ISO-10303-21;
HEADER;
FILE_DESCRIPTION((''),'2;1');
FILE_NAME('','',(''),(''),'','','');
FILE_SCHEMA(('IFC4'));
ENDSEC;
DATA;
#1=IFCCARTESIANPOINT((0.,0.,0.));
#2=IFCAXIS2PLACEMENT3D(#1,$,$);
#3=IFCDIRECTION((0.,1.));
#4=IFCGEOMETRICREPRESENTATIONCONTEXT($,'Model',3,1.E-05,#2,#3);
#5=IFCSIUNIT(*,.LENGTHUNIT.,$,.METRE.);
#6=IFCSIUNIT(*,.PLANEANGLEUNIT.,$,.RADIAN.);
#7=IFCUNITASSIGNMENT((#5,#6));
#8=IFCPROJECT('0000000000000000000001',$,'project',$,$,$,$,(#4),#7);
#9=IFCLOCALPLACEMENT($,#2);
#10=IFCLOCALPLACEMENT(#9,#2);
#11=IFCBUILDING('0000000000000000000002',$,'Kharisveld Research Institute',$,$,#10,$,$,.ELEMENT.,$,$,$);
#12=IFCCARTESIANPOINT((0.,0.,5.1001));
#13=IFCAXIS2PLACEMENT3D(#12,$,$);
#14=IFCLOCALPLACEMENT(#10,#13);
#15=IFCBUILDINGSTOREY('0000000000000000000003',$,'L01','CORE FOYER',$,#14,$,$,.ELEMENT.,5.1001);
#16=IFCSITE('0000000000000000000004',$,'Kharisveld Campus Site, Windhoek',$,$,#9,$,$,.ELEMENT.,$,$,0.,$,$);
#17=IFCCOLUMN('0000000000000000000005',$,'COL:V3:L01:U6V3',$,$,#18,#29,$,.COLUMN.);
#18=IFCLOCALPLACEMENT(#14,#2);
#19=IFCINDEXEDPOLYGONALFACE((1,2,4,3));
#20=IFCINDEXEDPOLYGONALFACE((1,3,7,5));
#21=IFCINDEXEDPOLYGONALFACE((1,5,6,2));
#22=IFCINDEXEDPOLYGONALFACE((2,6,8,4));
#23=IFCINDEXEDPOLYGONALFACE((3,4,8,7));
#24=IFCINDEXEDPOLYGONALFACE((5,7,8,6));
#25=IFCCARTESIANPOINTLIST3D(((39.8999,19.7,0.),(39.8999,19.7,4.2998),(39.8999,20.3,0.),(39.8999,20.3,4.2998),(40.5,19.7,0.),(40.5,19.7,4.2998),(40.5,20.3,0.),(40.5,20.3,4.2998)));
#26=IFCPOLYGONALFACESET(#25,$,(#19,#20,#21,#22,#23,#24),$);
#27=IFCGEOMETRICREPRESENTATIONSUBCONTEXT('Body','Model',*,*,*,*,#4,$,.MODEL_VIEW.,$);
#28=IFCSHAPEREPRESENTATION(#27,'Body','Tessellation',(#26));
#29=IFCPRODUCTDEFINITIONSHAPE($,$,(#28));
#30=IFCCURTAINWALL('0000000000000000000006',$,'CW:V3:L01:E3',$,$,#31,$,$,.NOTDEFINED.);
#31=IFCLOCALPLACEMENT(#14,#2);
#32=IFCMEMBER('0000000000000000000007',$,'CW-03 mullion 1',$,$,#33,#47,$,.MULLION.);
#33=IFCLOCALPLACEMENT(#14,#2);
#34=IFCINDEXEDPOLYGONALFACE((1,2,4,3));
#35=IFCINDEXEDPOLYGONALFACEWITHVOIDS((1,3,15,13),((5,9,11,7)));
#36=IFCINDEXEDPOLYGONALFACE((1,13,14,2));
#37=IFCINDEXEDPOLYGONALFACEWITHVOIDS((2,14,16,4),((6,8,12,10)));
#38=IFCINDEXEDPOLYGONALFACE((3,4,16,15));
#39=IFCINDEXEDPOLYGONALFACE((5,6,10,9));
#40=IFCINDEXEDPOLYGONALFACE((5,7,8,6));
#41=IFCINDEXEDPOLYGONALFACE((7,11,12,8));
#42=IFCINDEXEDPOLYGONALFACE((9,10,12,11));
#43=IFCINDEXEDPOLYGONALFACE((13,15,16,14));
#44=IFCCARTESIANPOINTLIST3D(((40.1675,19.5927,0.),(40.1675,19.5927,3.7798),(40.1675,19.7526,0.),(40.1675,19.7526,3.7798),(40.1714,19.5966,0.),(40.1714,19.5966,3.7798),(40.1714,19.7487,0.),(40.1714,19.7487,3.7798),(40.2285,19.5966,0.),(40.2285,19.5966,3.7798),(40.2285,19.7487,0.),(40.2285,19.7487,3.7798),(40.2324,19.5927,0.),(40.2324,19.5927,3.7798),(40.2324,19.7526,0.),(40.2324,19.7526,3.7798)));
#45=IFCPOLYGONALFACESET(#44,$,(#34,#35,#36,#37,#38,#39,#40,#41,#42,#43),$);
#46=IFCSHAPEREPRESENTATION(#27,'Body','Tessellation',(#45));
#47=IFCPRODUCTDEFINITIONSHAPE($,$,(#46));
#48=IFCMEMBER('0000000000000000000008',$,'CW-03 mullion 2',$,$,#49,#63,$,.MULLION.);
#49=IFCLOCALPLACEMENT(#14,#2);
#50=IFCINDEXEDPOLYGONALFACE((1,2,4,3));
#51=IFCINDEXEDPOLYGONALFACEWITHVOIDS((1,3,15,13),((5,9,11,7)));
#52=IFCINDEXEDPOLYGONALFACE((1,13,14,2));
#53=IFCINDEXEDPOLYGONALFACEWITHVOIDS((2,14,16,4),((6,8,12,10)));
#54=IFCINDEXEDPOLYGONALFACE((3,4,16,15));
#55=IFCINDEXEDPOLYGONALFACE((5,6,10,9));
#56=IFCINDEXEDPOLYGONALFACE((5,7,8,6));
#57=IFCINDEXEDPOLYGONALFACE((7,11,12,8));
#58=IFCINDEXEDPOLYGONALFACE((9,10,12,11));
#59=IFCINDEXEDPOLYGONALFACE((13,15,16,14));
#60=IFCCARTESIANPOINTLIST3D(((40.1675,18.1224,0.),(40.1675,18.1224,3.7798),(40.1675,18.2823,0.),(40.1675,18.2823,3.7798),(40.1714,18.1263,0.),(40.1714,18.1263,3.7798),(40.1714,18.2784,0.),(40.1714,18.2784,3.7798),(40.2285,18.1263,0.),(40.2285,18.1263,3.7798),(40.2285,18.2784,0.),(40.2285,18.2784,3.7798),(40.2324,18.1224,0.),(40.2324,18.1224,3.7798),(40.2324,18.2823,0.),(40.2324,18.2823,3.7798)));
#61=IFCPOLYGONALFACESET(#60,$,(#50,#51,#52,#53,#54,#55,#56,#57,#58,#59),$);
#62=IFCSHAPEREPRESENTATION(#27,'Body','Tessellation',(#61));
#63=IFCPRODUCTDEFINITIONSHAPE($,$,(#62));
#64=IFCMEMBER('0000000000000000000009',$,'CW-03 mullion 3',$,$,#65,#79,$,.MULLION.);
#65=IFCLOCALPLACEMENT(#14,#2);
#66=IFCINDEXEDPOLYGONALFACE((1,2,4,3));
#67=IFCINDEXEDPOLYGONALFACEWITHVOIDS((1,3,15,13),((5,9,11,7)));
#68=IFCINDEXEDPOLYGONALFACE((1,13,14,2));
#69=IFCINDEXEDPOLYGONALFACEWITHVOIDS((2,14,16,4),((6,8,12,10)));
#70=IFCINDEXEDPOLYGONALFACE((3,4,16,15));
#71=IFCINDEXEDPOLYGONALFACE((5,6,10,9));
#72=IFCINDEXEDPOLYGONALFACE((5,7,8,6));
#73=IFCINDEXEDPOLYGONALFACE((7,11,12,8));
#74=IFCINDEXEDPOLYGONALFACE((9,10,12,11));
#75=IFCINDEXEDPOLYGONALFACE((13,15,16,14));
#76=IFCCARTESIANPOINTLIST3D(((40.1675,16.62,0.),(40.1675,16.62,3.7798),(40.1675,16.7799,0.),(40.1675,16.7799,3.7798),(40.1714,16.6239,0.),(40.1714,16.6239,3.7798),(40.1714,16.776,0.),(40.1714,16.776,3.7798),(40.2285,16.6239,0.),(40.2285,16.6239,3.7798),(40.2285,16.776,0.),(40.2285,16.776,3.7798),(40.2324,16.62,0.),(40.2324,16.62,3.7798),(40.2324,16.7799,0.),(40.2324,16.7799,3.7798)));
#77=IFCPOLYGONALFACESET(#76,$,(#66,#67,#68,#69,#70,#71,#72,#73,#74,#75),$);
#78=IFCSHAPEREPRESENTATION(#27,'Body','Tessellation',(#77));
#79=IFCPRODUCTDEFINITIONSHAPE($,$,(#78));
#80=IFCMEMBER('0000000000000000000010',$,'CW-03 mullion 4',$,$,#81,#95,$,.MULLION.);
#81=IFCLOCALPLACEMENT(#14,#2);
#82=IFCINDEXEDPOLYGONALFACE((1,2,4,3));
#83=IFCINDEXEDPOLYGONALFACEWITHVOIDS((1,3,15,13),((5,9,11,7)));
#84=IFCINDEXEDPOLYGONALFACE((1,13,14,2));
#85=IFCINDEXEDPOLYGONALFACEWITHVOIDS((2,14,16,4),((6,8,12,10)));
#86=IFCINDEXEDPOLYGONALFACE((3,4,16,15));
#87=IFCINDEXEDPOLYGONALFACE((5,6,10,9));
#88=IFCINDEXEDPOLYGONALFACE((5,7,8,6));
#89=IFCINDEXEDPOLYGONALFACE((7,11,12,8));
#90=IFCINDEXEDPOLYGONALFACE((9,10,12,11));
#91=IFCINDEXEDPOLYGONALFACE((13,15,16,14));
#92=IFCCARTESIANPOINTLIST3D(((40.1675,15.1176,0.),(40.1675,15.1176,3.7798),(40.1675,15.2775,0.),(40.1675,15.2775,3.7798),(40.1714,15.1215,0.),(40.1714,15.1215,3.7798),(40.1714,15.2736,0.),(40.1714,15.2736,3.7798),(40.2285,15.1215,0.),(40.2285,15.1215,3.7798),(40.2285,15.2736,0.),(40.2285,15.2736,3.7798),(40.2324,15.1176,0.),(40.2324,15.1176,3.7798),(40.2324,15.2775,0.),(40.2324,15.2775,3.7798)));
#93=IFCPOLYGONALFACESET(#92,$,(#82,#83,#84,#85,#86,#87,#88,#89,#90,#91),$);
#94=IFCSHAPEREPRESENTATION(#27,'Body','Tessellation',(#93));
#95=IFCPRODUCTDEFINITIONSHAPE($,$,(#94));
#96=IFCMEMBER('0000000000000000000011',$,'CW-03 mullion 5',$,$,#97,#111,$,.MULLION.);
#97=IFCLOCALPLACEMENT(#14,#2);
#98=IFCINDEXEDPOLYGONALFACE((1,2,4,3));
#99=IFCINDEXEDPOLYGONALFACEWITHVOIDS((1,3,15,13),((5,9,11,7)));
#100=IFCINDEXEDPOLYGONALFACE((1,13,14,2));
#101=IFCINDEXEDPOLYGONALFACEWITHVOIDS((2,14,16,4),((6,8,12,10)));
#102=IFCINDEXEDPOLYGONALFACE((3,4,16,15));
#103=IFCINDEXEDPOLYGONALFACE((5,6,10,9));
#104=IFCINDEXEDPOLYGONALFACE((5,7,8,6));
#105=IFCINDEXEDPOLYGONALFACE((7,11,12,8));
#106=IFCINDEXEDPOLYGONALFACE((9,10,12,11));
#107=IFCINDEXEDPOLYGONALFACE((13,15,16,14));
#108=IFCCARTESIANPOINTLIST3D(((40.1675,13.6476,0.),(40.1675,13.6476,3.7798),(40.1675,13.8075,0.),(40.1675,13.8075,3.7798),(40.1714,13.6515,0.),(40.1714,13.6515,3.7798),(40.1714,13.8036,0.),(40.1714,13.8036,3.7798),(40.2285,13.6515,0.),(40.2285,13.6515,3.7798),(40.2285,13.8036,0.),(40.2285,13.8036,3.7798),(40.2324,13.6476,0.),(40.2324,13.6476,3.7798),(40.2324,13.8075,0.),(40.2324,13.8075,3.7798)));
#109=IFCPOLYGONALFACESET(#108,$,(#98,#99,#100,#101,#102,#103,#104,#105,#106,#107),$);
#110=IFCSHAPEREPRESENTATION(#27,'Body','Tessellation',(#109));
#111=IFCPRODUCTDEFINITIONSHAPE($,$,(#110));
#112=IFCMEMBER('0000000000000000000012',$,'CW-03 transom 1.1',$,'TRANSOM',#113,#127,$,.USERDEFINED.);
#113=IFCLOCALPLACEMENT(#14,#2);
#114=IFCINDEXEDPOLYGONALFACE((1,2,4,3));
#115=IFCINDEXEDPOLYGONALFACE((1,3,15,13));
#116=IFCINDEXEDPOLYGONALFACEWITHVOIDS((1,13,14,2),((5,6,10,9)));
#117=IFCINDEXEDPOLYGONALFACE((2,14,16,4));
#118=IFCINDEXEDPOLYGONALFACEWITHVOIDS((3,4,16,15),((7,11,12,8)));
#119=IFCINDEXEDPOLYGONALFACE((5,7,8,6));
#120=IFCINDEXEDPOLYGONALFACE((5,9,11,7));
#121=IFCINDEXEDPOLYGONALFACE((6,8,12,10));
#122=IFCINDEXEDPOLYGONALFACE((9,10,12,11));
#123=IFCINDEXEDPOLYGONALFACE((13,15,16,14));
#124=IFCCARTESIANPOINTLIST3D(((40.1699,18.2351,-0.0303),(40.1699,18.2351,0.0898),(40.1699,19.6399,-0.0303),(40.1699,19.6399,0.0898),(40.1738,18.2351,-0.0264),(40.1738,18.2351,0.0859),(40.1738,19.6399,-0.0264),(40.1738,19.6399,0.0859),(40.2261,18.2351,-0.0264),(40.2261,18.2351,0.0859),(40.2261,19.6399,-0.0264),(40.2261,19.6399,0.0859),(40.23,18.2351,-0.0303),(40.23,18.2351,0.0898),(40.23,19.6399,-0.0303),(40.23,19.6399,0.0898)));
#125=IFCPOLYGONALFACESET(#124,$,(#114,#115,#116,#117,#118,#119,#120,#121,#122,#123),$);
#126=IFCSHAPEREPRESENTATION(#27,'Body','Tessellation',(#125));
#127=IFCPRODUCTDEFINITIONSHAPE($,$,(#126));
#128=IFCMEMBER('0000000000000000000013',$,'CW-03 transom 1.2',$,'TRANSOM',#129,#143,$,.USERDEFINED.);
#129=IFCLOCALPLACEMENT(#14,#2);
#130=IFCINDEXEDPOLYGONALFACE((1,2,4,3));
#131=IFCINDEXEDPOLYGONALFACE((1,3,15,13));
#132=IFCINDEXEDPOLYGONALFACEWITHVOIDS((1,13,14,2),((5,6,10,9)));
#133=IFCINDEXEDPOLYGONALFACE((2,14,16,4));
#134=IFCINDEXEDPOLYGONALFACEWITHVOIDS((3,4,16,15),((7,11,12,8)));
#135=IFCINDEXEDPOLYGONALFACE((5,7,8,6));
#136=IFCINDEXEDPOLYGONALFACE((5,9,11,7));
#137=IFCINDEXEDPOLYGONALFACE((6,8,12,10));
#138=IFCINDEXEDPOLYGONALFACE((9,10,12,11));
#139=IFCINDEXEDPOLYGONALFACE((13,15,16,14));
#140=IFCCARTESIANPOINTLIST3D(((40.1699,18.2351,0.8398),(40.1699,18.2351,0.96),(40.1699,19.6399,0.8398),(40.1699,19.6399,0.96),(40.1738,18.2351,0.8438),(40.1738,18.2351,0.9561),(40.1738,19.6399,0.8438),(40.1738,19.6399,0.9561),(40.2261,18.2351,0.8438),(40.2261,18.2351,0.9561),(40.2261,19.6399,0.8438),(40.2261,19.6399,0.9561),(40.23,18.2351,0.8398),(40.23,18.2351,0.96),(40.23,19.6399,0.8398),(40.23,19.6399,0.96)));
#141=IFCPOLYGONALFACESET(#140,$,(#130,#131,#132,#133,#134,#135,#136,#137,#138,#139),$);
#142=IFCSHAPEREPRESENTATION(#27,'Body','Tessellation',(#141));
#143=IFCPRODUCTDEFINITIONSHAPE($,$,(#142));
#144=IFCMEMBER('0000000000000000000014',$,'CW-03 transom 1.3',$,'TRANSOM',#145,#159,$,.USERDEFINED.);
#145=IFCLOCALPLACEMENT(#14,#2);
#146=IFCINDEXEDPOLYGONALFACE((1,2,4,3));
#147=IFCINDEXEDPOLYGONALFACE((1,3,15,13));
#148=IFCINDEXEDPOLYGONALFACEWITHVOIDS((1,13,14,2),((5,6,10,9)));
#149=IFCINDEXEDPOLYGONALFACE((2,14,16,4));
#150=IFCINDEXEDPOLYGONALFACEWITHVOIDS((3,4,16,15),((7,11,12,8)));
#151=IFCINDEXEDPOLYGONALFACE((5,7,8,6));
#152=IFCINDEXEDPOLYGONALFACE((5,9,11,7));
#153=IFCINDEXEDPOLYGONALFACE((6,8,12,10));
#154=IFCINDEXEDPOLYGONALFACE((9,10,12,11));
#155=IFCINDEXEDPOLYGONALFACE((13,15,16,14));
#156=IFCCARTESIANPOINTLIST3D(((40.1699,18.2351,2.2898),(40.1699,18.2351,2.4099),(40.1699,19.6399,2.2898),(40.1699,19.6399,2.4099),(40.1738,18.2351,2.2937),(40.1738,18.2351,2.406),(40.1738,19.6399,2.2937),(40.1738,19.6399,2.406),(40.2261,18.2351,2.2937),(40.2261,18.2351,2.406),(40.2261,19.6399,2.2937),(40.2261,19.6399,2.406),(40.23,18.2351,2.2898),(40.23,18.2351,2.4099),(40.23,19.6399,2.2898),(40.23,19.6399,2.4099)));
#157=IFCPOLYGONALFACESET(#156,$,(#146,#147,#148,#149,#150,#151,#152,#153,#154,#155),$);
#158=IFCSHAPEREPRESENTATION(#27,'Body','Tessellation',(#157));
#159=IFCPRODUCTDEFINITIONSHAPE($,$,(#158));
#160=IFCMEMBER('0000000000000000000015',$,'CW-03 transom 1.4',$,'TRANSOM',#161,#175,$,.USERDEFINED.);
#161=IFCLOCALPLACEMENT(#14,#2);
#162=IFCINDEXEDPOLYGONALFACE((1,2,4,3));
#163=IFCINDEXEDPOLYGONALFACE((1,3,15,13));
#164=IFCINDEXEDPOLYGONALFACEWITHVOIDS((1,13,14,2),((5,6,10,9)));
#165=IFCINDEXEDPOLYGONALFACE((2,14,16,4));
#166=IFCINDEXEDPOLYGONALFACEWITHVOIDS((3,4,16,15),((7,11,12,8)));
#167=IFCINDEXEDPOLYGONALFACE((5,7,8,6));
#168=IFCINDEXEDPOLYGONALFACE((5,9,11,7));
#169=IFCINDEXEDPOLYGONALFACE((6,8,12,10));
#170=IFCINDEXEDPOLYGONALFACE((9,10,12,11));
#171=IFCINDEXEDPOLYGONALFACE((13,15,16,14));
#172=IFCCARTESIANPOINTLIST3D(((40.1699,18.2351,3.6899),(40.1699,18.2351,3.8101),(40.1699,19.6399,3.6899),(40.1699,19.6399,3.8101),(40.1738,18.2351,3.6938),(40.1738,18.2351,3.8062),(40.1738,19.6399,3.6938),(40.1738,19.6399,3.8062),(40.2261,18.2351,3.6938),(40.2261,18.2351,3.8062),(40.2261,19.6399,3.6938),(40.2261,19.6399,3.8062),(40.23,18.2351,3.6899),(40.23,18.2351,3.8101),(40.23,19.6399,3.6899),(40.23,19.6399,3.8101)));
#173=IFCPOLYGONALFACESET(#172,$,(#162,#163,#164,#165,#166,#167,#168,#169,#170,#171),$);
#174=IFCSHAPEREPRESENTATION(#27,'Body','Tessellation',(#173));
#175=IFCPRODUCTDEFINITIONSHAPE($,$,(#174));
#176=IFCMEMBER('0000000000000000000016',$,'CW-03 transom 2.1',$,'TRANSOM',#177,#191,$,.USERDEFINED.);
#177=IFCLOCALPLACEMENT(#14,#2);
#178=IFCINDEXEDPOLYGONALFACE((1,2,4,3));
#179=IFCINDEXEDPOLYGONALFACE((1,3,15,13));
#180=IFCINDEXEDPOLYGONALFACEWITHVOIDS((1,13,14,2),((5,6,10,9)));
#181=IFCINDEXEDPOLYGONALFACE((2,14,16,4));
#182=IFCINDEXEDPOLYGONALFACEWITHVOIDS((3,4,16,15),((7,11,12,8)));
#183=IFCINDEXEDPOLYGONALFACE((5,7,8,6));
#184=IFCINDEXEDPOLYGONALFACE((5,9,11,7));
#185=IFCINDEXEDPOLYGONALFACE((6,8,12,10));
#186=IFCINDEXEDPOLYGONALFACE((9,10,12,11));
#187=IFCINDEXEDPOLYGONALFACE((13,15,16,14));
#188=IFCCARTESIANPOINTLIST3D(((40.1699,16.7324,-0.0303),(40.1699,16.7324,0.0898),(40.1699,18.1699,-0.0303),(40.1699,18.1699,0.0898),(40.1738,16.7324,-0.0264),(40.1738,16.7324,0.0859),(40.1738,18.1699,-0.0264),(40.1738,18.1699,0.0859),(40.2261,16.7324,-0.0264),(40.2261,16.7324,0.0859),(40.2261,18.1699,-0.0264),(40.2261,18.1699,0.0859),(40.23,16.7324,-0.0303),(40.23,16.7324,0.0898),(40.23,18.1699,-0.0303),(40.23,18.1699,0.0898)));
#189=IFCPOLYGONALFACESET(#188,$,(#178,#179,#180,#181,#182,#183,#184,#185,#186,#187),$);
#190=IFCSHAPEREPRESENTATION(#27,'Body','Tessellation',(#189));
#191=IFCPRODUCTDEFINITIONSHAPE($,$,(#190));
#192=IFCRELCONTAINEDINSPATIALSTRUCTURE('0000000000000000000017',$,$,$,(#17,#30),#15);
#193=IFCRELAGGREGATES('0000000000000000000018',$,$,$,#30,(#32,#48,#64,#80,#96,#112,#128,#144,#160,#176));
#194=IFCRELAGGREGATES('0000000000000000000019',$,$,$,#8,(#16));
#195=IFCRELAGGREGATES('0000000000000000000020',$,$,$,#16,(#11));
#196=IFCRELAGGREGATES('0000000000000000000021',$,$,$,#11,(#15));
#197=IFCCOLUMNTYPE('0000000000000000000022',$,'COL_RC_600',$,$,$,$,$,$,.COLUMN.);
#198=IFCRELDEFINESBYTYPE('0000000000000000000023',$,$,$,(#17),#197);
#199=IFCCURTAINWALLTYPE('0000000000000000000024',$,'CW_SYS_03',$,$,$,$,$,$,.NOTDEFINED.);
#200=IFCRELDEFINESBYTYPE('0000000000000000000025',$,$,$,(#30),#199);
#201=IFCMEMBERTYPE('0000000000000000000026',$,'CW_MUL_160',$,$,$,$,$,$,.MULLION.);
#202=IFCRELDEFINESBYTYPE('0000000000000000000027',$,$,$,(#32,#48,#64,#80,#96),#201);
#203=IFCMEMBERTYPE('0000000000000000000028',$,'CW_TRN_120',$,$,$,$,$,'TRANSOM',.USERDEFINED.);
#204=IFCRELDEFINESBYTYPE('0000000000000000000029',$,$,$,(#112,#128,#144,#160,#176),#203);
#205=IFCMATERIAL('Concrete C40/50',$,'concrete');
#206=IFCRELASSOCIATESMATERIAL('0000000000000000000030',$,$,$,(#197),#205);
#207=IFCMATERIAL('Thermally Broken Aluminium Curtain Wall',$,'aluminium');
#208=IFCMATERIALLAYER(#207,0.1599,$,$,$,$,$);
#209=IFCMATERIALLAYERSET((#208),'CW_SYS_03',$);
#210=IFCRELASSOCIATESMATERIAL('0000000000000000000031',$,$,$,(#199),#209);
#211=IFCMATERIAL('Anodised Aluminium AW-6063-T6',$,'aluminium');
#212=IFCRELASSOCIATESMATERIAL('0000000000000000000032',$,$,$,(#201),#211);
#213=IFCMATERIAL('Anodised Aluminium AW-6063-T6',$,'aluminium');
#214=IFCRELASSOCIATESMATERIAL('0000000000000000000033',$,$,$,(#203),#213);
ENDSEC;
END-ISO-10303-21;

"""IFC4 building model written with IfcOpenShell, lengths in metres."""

from ifc_helpers import new_model, si_unit, direction, frame, origin, origin_2d, place, context, subcontext, project, spatial, rectangle, hollow_rectangle, extrude, material, layer, layer_set, material_profile, profile_set, type_object, element, aggregate, save


model = new_model("IFC4")

# Units and contexts
model_context = context("Model", 3, precision=1e-05, world=origin(), true_north=direction((0.0, 1.0)))
body_context = subcontext(model_context, "Body", "Model", "MODEL_VIEW")
ifc_project = project(units=[si_unit("LENGTHUNIT", "METRE"), si_unit("PLANEANGLEUNIT", "RADIAN")], contexts=[model_context])

# Site, building, storey
site_placement = place(None, origin())
site = spatial("IfcSite", under=ifc_project, at=site_placement, Name="Kharisveld Campus Site, Windhoek", CompositionType="ELEMENT", RefElevation=0.0)
building_placement = place(site_placement, origin())
building = spatial("IfcBuilding", under=site, at=building_placement, Name="Kharisveld Research Institute", CompositionType="ELEMENT")
storey_placement = place(building_placement, frame((0.0, 0.0, 5.1001)))
storey = spatial("IfcBuildingStorey", under=building, at=storey_placement, Name="L01", Description="CORE FOYER", CompositionType="ELEMENT", Elevation=5.1001)

# Column
ifc_material_1 = material(Name="Concrete C40/50", Category="concrete")
ifc_material_profile_1 = material_profile(ifc_material_1, rectangle(XDim=0.6001, YDim=0.6001, at=origin_2d()))
ifc_profile_set_1 = profile_set([ifc_material_profile_1], Name="Concrete C40/50")
column_type = type_object("IfcColumnType", Name="COL_RC_600", PredefinedType="COLUMN", material=ifc_profile_set_1)
column_placement = place(storey_placement, frame((40.2, 20.0, 0.0), z_axis=(0.0, 0.0, 1.0), x_axis=(1.0, 0.0, 0.0)))
element("IfcColumn", 1, at=column_placement, inside=storey, type_object=column_type, Name="COL:V3:L01:U6V3", PredefinedType="COLUMN", context=body_context, shape_type="SweptSolid", body=[
    extrude(rectangle(XDim=0.6001, YDim=0.6001, at=origin_2d()), origin(), (0.0, 0.0, 1.0), 4.2998),
])

# Curtain wall, members
ifc_material_2 = material(Name="Thermally Broken Aluminium Curtain Wall", Category="aluminium")
ifc_layer_1 = layer(ifc_material_2, 0.1599)
ifc_layer_set_1 = layer_set([ifc_layer_1], Name="CW_SYS_03")
curtain_wall_type = type_object("IfcCurtainWallType", Name="CW_SYS_03", PredefinedType="NOTDEFINED", material=ifc_layer_set_1)
curtain_wall_placement = place(storey_placement, origin())
curtain_wall = element("IfcCurtainWall", 2, at=curtain_wall_placement, inside=storey, type_object=curtain_wall_type, Name="CW:V3:L01:E3", PredefinedType="NOTDEFINED")
ifc_material_3 = material(Name="Anodised Aluminium AW-6063-T6", Category="aluminium")
ifc_material_profile_2 = material_profile(ifc_material_3, hollow_rectangle(XDim=0.0649, YDim=0.1599, WallThickness=0.0039, at=origin_2d()))
ifc_profile_set_2 = profile_set([ifc_material_profile_2], Name="Anodised Aluminium AW-6063-T6")
member_type_1 = type_object("IfcMemberType", Name="CW_MUL_160", PredefinedType="MULLION", material=ifc_profile_set_2)
member_1_placement = place(storey_placement, frame((40.2, 19.6726, 0.0), z_axis=(0.0, 0.0, 1.0), x_axis=(1.0, 0.0, 0.0)))
member_1 = element("IfcMember", 3, at=member_1_placement, type_object=member_type_1, Name="CW-03 mullion 1", PredefinedType="MULLION", context=body_context, shape_type="SweptSolid", body=[
    extrude(hollow_rectangle(XDim=0.0649, YDim=0.1599, WallThickness=0.0039, at=origin_2d()), origin(), (0.0, 0.0, 1.0), 3.7798),
])
member_2_placement = place(storey_placement, frame((40.2, 18.2024, 0.0), z_axis=(0.0, 0.0, 1.0), x_axis=(1.0, 0.0, 0.0)))
member_2 = element("IfcMember", 4, at=member_2_placement, type_object=member_type_1, Name="CW-03 mullion 2", PredefinedType="MULLION", context=body_context, shape_type="SweptSolid", body=[
    extrude(hollow_rectangle(XDim=0.0649, YDim=0.1599, WallThickness=0.0039, at=origin_2d()), origin(), (0.0, 0.0, 1.0), 3.7798),
])
member_3_placement = place(storey_placement, frame((40.2, 16.7, 0.0), z_axis=(0.0, 0.0, 1.0), x_axis=(1.0, 0.0, 0.0)))
member_3 = element("IfcMember", 5, at=member_3_placement, type_object=member_type_1, Name="CW-03 mullion 3", PredefinedType="MULLION", context=body_context, shape_type="SweptSolid", body=[
    extrude(hollow_rectangle(XDim=0.0649, YDim=0.1599, WallThickness=0.0039, at=origin_2d()), origin(), (0.0, 0.0, 1.0), 3.7798),
])
member_4_placement = place(storey_placement, frame((40.2, 15.1975, 0.0), z_axis=(0.0, 0.0, 1.0), x_axis=(1.0, 0.0, 0.0)))
member_4 = element("IfcMember", 6, at=member_4_placement, type_object=member_type_1, Name="CW-03 mullion 4", PredefinedType="MULLION", context=body_context, shape_type="SweptSolid", body=[
    extrude(hollow_rectangle(XDim=0.0649, YDim=0.1599, WallThickness=0.0039, at=origin_2d()), origin(), (0.0, 0.0, 1.0), 3.7798),
])
member_5_placement = place(storey_placement, frame((40.2, 13.7275, 0.0), z_axis=(0.0, 0.0, 1.0), x_axis=(1.0, 0.0, 0.0)))
member_5 = element("IfcMember", 7, at=member_5_placement, type_object=member_type_1, Name="CW-03 mullion 5", PredefinedType="MULLION", context=body_context, shape_type="SweptSolid", body=[
    extrude(hollow_rectangle(XDim=0.0649, YDim=0.1599, WallThickness=0.0039, at=origin_2d()), origin(), (0.0, 0.0, 1.0), 3.7798),
])
ifc_material_4 = material(Name="Anodised Aluminium AW-6063-T6", Category="aluminium")
ifc_material_profile_3 = material_profile(ifc_material_4, hollow_rectangle(XDim=0.0601, YDim=0.1201, WallThickness=0.0039, at=origin_2d()))
ifc_profile_set_3 = profile_set([ifc_material_profile_3], Name="Anodised Aluminium AW-6063-T6")
member_type_2 = type_object("IfcMemberType", Name="CW_TRN_120", ElementType="TRANSOM", PredefinedType="USERDEFINED", material=ifc_profile_set_3)
member_6_placement = place(storey_placement, frame((40.2, 19.6399, 0.0298), z_axis=(0.0, -1.0, 0.0), x_axis=(1.0, 0.0, 0.0)))
member_6 = element("IfcMember", 8, at=member_6_placement, type_object=member_type_2, Name="CW-03 transom 1.1", ObjectType="TRANSOM", PredefinedType="USERDEFINED", context=body_context, shape_type="SweptSolid", body=[
    extrude(hollow_rectangle(XDim=0.0601, YDim=0.1201, WallThickness=0.0039, at=origin_2d()), origin(), (0.0, 0.0, 1.0), 1.4048),
])
member_7_placement = place(storey_placement, frame((40.2, 19.6399, 0.8999), z_axis=(0.0, -1.0, 0.0), x_axis=(1.0, 0.0, 0.0)))
member_7 = element("IfcMember", 9, at=member_7_placement, type_object=member_type_2, Name="CW-03 transom 1.2", ObjectType="TRANSOM", PredefinedType="USERDEFINED", context=body_context, shape_type="SweptSolid", body=[
    extrude(hollow_rectangle(XDim=0.0601, YDim=0.1201, WallThickness=0.0039, at=origin_2d()), origin(), (0.0, 0.0, 1.0), 1.4048),
])
member_8_placement = place(storey_placement, frame((40.2, 19.6399, 2.3499), z_axis=(0.0, -1.0, 0.0), x_axis=(1.0, 0.0, 0.0)))
member_8 = element("IfcMember", 10, at=member_8_placement, type_object=member_type_2, Name="CW-03 transom 1.3", ObjectType="TRANSOM", PredefinedType="USERDEFINED", context=body_context, shape_type="SweptSolid", body=[
    extrude(hollow_rectangle(XDim=0.0601, YDim=0.1201, WallThickness=0.0039, at=origin_2d()), origin(), (0.0, 0.0, 1.0), 1.4048),
])
member_9_placement = place(storey_placement, frame((40.2, 19.6399, 3.75), z_axis=(0.0, -1.0, 0.0), x_axis=(1.0, 0.0, 0.0)))
member_9 = element("IfcMember", 11, at=member_9_placement, type_object=member_type_2, Name="CW-03 transom 1.4", ObjectType="TRANSOM", PredefinedType="USERDEFINED", context=body_context, shape_type="SweptSolid", body=[
    extrude(hollow_rectangle(XDim=0.0601, YDim=0.1201, WallThickness=0.0039, at=origin_2d()), origin(), (0.0, 0.0, 1.0), 1.4048),
])
member_10_placement = place(storey_placement, frame((40.2, 18.1699, 0.0298), z_axis=(0.0, -1.0, 0.0), x_axis=(1.0, 0.0, 0.0)))
member_10 = element("IfcMember", 12, at=member_10_placement, type_object=member_type_2, Name="CW-03 transom 2.1", ObjectType="TRANSOM", PredefinedType="USERDEFINED", context=body_context, shape_type="SweptSolid", body=[
    extrude(hollow_rectangle(XDim=0.0601, YDim=0.1201, WallThickness=0.0039, at=origin_2d()), origin(), (0.0, 0.0, 1.0), 1.4375),
])

aggregate(curtain_wall, [member_1, member_2, member_3, member_4, member_5, member_6, member_7, member_8, member_9, member_10])

save(model, "model.ifc")
